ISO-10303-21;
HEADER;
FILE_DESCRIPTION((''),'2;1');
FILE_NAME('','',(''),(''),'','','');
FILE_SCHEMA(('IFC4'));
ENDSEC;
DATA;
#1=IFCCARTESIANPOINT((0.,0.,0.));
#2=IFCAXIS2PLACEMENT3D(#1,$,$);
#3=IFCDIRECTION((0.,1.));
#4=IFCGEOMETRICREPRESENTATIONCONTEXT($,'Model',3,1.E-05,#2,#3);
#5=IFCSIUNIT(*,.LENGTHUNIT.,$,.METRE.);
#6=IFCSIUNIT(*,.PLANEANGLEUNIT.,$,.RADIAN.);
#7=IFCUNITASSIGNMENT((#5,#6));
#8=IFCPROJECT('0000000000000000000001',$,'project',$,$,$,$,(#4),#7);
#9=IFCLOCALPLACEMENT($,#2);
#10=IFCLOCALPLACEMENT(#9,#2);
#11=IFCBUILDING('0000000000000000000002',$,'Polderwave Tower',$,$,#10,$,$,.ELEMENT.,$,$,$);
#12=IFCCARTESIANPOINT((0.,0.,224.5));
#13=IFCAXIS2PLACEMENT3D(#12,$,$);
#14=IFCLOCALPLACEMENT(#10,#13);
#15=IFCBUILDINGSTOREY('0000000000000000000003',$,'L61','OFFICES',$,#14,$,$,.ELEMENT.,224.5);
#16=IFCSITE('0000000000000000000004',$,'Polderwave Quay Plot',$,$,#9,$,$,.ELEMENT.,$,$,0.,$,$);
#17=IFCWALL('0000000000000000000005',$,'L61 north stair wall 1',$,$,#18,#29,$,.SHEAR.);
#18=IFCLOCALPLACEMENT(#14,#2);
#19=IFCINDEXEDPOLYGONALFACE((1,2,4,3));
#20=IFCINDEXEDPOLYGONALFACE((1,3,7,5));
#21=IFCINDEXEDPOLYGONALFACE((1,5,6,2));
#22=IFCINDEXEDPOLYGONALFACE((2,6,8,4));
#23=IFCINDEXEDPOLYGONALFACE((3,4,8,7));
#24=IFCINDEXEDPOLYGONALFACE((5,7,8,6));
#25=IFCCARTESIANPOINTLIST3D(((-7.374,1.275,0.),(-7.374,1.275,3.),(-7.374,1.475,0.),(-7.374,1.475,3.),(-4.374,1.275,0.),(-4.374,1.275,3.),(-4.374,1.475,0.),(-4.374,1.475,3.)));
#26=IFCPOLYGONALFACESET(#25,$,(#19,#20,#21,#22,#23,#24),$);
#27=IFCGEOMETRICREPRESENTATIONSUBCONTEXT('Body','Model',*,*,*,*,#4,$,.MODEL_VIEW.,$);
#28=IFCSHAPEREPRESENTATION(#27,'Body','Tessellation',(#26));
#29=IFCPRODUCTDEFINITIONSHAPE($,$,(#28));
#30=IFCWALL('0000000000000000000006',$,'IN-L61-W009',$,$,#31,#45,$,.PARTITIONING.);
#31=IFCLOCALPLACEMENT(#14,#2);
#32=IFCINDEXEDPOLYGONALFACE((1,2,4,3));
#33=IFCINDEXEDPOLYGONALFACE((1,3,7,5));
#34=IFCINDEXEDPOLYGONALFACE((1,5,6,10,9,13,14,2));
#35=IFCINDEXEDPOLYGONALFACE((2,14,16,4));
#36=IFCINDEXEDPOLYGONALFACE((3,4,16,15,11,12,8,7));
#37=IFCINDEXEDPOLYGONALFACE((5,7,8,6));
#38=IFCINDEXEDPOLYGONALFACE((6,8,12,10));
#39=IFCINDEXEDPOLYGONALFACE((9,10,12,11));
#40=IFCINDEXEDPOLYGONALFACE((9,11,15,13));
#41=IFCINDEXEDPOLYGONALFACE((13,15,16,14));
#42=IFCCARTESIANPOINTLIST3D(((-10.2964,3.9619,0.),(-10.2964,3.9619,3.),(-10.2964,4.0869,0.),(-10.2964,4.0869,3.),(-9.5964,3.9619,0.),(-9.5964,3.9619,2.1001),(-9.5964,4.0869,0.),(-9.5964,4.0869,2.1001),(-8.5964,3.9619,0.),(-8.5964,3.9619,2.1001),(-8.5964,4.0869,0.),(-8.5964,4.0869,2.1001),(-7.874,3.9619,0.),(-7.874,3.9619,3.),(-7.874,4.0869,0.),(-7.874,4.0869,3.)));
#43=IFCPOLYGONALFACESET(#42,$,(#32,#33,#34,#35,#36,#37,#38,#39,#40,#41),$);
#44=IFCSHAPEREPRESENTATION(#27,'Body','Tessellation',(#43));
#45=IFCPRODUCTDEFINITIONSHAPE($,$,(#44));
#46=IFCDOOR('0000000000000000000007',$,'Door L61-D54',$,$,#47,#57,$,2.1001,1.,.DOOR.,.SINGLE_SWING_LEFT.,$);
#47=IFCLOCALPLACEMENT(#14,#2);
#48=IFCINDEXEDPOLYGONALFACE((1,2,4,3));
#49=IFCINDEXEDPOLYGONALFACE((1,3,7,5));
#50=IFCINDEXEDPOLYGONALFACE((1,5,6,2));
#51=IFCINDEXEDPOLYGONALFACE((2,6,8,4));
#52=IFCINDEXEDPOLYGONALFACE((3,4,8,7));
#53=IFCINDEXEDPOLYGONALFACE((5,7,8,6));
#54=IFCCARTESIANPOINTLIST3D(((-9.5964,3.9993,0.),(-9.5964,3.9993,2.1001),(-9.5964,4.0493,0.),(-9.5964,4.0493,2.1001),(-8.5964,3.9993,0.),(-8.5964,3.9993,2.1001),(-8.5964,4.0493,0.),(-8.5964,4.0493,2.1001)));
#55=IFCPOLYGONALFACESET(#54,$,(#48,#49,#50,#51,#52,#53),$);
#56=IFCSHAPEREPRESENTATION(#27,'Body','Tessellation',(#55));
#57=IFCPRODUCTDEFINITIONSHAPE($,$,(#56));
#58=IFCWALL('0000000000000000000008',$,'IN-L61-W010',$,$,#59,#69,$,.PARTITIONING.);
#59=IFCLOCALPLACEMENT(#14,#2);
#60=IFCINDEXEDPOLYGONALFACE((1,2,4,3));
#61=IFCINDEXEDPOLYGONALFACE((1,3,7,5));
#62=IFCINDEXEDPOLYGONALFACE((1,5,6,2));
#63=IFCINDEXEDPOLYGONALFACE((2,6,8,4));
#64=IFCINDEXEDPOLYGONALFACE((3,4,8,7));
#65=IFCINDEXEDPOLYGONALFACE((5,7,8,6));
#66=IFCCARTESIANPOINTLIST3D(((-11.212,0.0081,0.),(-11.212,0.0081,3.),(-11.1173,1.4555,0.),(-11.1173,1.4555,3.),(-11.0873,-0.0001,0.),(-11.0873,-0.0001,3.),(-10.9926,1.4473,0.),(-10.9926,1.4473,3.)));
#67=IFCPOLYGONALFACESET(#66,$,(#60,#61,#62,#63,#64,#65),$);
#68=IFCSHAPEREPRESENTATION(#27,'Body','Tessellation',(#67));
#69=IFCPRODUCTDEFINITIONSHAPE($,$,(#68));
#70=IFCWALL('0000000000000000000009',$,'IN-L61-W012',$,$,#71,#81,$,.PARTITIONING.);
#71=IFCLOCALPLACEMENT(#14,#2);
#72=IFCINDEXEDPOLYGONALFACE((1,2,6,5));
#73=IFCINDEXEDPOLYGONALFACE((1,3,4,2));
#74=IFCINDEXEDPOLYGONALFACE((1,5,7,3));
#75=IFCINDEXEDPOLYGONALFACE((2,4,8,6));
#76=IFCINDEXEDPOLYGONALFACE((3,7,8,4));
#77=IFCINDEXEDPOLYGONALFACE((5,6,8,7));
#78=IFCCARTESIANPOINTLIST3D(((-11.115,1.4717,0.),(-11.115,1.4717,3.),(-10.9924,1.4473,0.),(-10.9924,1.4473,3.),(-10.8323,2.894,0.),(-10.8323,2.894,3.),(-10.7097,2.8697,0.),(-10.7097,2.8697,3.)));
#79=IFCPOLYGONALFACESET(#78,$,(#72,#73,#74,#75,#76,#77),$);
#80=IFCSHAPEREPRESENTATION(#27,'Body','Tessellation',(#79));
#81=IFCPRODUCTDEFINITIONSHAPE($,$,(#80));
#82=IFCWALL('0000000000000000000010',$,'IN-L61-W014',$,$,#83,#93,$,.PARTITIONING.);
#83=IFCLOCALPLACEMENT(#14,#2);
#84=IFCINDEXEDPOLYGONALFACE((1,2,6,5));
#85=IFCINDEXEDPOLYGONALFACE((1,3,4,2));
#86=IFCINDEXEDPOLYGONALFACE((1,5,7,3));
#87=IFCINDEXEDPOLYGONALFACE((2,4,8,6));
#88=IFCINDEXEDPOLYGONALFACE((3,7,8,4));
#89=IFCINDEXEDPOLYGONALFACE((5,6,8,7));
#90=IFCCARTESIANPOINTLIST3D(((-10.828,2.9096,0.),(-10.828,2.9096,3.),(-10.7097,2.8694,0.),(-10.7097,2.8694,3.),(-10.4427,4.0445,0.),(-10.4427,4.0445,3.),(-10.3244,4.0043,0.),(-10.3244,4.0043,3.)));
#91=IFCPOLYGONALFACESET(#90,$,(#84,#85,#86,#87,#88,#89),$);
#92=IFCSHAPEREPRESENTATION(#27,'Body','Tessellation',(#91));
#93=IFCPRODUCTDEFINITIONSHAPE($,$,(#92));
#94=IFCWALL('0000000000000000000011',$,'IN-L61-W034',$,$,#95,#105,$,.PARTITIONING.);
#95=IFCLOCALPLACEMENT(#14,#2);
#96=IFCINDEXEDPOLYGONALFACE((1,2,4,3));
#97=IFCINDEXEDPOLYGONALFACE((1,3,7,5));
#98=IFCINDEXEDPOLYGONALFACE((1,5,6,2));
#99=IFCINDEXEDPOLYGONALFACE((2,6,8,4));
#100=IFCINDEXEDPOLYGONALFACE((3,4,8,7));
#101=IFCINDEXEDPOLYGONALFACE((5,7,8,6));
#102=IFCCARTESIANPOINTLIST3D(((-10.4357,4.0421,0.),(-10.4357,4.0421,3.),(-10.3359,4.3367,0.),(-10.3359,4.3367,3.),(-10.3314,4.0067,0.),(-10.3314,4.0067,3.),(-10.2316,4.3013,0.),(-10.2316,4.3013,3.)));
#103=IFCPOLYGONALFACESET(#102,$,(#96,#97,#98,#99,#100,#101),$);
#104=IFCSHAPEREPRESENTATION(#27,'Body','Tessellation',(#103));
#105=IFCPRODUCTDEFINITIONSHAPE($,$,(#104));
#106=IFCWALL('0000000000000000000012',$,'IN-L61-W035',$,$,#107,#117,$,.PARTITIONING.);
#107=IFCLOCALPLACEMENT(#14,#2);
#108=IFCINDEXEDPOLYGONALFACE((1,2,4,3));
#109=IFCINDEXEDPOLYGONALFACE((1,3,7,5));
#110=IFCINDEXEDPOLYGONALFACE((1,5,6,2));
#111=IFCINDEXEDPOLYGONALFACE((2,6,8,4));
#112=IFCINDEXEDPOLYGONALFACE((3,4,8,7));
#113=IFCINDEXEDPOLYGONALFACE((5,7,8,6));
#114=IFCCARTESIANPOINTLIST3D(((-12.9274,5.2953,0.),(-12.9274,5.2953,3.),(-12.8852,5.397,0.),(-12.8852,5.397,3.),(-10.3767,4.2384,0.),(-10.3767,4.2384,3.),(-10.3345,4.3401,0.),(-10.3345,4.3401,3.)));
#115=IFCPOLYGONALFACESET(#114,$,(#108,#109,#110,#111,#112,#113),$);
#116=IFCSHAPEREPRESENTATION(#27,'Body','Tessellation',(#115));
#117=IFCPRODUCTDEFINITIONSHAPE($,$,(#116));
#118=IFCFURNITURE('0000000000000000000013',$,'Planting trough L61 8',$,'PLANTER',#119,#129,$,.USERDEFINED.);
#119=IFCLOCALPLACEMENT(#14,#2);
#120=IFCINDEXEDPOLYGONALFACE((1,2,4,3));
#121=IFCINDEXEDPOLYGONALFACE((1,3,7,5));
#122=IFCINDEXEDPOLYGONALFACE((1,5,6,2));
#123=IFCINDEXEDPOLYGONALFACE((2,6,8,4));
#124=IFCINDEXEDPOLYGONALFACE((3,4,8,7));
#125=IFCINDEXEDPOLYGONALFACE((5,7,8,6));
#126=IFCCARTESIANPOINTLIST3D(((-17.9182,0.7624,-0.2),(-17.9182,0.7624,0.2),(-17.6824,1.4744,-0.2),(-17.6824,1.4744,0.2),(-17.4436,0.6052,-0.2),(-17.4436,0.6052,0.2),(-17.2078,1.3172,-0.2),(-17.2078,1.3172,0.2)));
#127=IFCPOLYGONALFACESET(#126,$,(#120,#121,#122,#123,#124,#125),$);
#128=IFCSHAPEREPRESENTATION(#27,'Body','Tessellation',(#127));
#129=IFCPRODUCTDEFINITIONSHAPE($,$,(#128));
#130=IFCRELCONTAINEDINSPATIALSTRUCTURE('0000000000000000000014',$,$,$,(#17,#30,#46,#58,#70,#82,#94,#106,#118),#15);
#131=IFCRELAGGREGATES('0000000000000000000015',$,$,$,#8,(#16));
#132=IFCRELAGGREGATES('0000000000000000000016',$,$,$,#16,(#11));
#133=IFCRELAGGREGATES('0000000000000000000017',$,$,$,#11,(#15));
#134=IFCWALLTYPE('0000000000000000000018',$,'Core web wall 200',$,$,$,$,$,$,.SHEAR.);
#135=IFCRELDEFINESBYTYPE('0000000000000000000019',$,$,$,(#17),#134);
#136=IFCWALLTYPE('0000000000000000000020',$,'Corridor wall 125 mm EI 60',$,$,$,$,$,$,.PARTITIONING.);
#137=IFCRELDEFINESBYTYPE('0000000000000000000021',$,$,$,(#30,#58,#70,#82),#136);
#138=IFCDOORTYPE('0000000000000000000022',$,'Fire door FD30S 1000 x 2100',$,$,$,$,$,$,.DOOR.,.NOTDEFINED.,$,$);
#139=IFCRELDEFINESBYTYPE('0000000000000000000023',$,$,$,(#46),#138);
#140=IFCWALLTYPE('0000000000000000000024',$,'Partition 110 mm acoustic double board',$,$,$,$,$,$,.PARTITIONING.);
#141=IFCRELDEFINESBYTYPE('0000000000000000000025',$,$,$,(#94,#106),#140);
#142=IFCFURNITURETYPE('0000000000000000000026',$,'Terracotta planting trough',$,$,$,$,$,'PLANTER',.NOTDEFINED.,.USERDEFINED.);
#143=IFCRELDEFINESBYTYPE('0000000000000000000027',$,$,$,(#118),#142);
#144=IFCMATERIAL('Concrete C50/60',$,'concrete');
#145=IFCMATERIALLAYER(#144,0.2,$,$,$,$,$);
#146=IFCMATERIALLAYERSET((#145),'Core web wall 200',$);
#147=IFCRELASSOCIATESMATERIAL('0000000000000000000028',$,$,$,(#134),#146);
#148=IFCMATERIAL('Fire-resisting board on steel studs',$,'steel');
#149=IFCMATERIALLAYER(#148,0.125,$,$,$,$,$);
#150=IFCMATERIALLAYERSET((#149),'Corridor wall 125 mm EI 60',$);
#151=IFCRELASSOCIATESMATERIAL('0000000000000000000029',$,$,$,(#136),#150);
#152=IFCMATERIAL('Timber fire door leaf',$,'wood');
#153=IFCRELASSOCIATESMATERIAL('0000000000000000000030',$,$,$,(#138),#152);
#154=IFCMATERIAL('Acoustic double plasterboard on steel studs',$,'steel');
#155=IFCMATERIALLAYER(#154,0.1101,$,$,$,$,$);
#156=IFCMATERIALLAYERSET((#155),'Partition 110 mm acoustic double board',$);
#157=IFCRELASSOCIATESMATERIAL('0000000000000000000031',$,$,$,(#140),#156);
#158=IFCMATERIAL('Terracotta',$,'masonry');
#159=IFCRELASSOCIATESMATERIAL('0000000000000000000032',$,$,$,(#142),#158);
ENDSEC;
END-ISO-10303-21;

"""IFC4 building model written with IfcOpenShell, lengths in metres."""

from ifc_helpers import new_model, si_unit, direction, frame, frame_2d, origin, origin_2d, place, context, subcontext, project, spatial, rectangle, extrude, material, layer, layer_set, type_object, element, fill, save


model = new_model("IFC4")

# Units and contexts
model_context = context("Model", 3, precision=1e-05, world=origin(), true_north=direction((0.0, 1.0)))
body_context = subcontext(model_context, "Body", "Model", "MODEL_VIEW")
ifc_project = project(units=[si_unit("LENGTHUNIT", "METRE"), si_unit("PLANEANGLEUNIT", "RADIAN")], contexts=[model_context])

# Site, building, storey
site_placement = place(None, origin())
site = spatial("IfcSite", under=ifc_project, at=site_placement, Name="Polderwave Quay Plot", CompositionType="ELEMENT", RefElevation=0.0)
building_placement = place(site_placement, origin())
building = spatial("IfcBuilding", under=site, at=building_placement, Name="Polderwave Tower", CompositionType="ELEMENT")
storey_placement = place(building_placement, frame((0.0, 0.0, 224.5)))
storey = spatial("IfcBuildingStorey", under=building, at=storey_placement, Name="L61", Description="OFFICES", CompositionType="ELEMENT", Elevation=224.5)

# Wall
ifc_material_1 = material(Name="Concrete C50/60", Category="concrete")
ifc_layer_1 = layer(ifc_material_1, 0.2)
ifc_layer_set_1 = layer_set([ifc_layer_1], Name="Core web wall 200")
wall_type_1 = type_object("IfcWallType", Name="Core web wall 200", PredefinedType="SHEAR", material=ifc_layer_set_1)
wall_1_placement = place(storey_placement, frame((-7.374, 1.375, 0.0), z_axis=(0.0, 0.0, 1.0), x_axis=(1.0, 0.0, 0.0)))
element("IfcWall", 1, at=wall_1_placement, inside=storey, type_object=wall_type_1, Name="L61 north stair wall 1", PredefinedType="SHEAR", context=body_context, shape_type="SweptSolid", body=[
    extrude(rectangle(XDim=3.0, YDim=0.2, at=frame_2d((1.5, 0.0))), origin(), (0.0, 0.0, 1.0), 3.0),
])

# Wall, opening, door
ifc_material_2 = material(Name="Fire-resisting board on steel studs", Category="steel")
ifc_layer_2 = layer(ifc_material_2, 0.125)
ifc_layer_set_2 = layer_set([ifc_layer_2], Name="Corridor wall 125 mm EI 60")
wall_type_2 = type_object("IfcWallType", Name="Corridor wall 125 mm EI 60", PredefinedType="PARTITIONING", material=ifc_layer_set_2)
wall_2_placement = place(storey_placement, frame((-10.2964, 4.0244, 0.0), z_axis=(0.0, 0.0, 1.0), x_axis=(1.0, 0.0, 0.0)))
wall_2 = element("IfcWall", 2, at=wall_2_placement, inside=storey, type_object=wall_type_2, Name="IN-L61-W009", PredefinedType="PARTITIONING", context=body_context, shape_type="SweptSolid", body=[
    extrude(rectangle(XDim=2.4224, YDim=0.125, at=frame_2d((1.2112, 0.0))), origin(), (0.0, 0.0, 1.0), 3.0),
])
opening_placement = place(wall_2_placement, frame((0.7, 0.0, 0.0)))
opening = element("IfcOpeningElement", 3, at=opening_placement, cuts=wall_2, PredefinedType="OPENING", context=body_context, shape_type="SweptSolid", body=[
    extrude(rectangle(XDim=1.0, YDim=2.1001, at=frame_2d((0.5, 1.05))), frame((0.0, 0.0725, 0.0), z_axis=(0.0, -1.0, 0.0), x_axis=(1.0, 0.0, 0.0)), (0.0, 0.0, 1.0), 0.145),
])
ifc_material_3 = material(Name="Timber fire door leaf", Category="wood")
door_type = type_object("IfcDoorType", Name="Fire door FD30S 1000 x 2100", OperationType="NOTDEFINED", PredefinedType="DOOR", material=ifc_material_3)
door_placement = place(opening_placement, origin())
door = element("IfcDoor", 4, at=door_placement, inside=storey, type_object=door_type, Name="Door L61-D54", OperationType="SINGLE_SWING_LEFT", OverallHeight=2.1001, OverallWidth=1.0, PredefinedType="DOOR", context=body_context, shape_type="SweptSolid", body=[
    extrude(rectangle(XDim=1.0, YDim=2.1001, at=frame_2d((0.5, 1.05))), frame((0.0, 0.0249, 0.0), z_axis=(0.0, -1.0, 0.0), x_axis=(1.0, 0.0, 0.0)), (0.0, 0.0, 1.0), 0.05),
])
fill(opening, door)

# Walls
wall_3_placement = place(storey_placement, frame((-11.1497, 0.0042, 0.0), z_axis=(0.0, 0.0, 1.0), x_axis=(0.065312, 0.997865, 0.0)))
element("IfcWall", 5, at=wall_3_placement, inside=storey, type_object=wall_type_2, Name="IN-L61-W010", PredefinedType="PARTITIONING", context=body_context, shape_type="SweptSolid", body=[
    extrude(rectangle(XDim=1.4504, YDim=0.125, at=frame_2d((0.7251, 0.0))), origin(), (0.0, 0.0, 1.0), 3.0),
])
wall_4_placement = place(storey_placement, frame((-11.0537, 1.4595, 0.0), z_axis=(0.0, 0.0, 1.0), x_axis=(0.19495, 0.980813, 0.0)))
element("IfcWall", 6, at=wall_4_placement, inside=storey, type_object=wall_type_2, Name="IN-L61-W012", PredefinedType="PARTITIONING", context=body_context, shape_type="SweptSolid", body=[
    extrude(rectangle(XDim=1.4502, YDim=0.125, at=frame_2d((0.7251, 0.0))), origin(), (0.0, 0.0, 1.0), 3.0),
])
wall_5_placement = place(storey_placement, frame((-10.7688, 2.8896, 0.0), z_axis=(0.0, 0.0, 1.0), x_axis=(0.321479, 0.946917, 0.0)))
element("IfcWall", 7, at=wall_5_placement, inside=storey, type_object=wall_type_2, Name="IN-L61-W014", PredefinedType="PARTITIONING", context=body_context, shape_type="SweptSolid", body=[
    extrude(rectangle(XDim=1.1985, YDim=0.125, at=frame_2d((0.5991, 0.0))), origin(), (0.0, 0.0, 1.0), 3.0),
])
ifc_material_4 = material(Name="Acoustic double plasterboard on steel studs", Category="steel")
ifc_layer_3 = layer(ifc_material_4, 0.1101)
ifc_layer_set_3 = layer_set([ifc_layer_3], Name="Partition 110 mm acoustic double board")
wall_type_3 = type_object("IfcWallType", Name="Partition 110 mm acoustic double board", PredefinedType="PARTITIONING", material=ifc_layer_set_3)
wall_6_placement = place(storey_placement, frame((-10.3835, 4.0244, 0.0), z_axis=(0.0, 0.0, 1.0), x_axis=(0.320932, 0.947102, 0.0)))
element("IfcWall", 8, at=wall_6_placement, inside=storey, type_object=wall_type_3, Name="IN-L61-W034", PredefinedType="PARTITIONING", context=body_context, shape_type="SweptSolid", body=[
    extrude(rectangle(XDim=0.311, YDim=0.1101, at=frame_2d((0.1555, 0.0))), origin(), (0.0, 0.0, 1.0), 3.0),
])
wall_7_placement = place(storey_placement, frame((-10.3557, 4.2893, 0.0), z_axis=(0.0, 0.0, 1.0), x_axis=(-0.923839, 0.382781, 0.0)))
element("IfcWall", 9, at=wall_7_placement, inside=storey, type_object=wall_type_3, Name="IN-L61-W035", PredefinedType="PARTITIONING", context=body_context, shape_type="SweptSolid", body=[
    extrude(rectangle(XDim=2.761, YDim=0.1101, at=frame_2d((1.3804, 0.0))), origin(), (0.0, 0.0, 1.0), 3.0),
])

# Furniture
ifc_material_5 = material(Name="Terracotta", Category="masonry")
furniture_type = type_object("IfcFurnitureType", Name="Terracotta planting trough", ElementType="PLANTER", AssemblyPlace="NOTDEFINED", PredefinedType="USERDEFINED", material=ifc_material_5)
furniture_placement = place(storey_placement, frame((-17.563, 1.0398, -0.2), z_axis=(0.0, 0.0, 1.0), x_axis=(-0.314408, -0.949288, 0.0)))
element("IfcFurniture", 10, at=furniture_placement, inside=storey, type_object=furniture_type, Name="Planting trough L61 8", ObjectType="PLANTER", PredefinedType="USERDEFINED", context=body_context, shape_type="SweptSolid", body=[
    extrude(rectangle(XDim=0.75, YDim=0.5, at=origin_2d()), origin(), (0.0, 0.0, 1.0), 0.3999),
])

save(model, "model.ifc")
